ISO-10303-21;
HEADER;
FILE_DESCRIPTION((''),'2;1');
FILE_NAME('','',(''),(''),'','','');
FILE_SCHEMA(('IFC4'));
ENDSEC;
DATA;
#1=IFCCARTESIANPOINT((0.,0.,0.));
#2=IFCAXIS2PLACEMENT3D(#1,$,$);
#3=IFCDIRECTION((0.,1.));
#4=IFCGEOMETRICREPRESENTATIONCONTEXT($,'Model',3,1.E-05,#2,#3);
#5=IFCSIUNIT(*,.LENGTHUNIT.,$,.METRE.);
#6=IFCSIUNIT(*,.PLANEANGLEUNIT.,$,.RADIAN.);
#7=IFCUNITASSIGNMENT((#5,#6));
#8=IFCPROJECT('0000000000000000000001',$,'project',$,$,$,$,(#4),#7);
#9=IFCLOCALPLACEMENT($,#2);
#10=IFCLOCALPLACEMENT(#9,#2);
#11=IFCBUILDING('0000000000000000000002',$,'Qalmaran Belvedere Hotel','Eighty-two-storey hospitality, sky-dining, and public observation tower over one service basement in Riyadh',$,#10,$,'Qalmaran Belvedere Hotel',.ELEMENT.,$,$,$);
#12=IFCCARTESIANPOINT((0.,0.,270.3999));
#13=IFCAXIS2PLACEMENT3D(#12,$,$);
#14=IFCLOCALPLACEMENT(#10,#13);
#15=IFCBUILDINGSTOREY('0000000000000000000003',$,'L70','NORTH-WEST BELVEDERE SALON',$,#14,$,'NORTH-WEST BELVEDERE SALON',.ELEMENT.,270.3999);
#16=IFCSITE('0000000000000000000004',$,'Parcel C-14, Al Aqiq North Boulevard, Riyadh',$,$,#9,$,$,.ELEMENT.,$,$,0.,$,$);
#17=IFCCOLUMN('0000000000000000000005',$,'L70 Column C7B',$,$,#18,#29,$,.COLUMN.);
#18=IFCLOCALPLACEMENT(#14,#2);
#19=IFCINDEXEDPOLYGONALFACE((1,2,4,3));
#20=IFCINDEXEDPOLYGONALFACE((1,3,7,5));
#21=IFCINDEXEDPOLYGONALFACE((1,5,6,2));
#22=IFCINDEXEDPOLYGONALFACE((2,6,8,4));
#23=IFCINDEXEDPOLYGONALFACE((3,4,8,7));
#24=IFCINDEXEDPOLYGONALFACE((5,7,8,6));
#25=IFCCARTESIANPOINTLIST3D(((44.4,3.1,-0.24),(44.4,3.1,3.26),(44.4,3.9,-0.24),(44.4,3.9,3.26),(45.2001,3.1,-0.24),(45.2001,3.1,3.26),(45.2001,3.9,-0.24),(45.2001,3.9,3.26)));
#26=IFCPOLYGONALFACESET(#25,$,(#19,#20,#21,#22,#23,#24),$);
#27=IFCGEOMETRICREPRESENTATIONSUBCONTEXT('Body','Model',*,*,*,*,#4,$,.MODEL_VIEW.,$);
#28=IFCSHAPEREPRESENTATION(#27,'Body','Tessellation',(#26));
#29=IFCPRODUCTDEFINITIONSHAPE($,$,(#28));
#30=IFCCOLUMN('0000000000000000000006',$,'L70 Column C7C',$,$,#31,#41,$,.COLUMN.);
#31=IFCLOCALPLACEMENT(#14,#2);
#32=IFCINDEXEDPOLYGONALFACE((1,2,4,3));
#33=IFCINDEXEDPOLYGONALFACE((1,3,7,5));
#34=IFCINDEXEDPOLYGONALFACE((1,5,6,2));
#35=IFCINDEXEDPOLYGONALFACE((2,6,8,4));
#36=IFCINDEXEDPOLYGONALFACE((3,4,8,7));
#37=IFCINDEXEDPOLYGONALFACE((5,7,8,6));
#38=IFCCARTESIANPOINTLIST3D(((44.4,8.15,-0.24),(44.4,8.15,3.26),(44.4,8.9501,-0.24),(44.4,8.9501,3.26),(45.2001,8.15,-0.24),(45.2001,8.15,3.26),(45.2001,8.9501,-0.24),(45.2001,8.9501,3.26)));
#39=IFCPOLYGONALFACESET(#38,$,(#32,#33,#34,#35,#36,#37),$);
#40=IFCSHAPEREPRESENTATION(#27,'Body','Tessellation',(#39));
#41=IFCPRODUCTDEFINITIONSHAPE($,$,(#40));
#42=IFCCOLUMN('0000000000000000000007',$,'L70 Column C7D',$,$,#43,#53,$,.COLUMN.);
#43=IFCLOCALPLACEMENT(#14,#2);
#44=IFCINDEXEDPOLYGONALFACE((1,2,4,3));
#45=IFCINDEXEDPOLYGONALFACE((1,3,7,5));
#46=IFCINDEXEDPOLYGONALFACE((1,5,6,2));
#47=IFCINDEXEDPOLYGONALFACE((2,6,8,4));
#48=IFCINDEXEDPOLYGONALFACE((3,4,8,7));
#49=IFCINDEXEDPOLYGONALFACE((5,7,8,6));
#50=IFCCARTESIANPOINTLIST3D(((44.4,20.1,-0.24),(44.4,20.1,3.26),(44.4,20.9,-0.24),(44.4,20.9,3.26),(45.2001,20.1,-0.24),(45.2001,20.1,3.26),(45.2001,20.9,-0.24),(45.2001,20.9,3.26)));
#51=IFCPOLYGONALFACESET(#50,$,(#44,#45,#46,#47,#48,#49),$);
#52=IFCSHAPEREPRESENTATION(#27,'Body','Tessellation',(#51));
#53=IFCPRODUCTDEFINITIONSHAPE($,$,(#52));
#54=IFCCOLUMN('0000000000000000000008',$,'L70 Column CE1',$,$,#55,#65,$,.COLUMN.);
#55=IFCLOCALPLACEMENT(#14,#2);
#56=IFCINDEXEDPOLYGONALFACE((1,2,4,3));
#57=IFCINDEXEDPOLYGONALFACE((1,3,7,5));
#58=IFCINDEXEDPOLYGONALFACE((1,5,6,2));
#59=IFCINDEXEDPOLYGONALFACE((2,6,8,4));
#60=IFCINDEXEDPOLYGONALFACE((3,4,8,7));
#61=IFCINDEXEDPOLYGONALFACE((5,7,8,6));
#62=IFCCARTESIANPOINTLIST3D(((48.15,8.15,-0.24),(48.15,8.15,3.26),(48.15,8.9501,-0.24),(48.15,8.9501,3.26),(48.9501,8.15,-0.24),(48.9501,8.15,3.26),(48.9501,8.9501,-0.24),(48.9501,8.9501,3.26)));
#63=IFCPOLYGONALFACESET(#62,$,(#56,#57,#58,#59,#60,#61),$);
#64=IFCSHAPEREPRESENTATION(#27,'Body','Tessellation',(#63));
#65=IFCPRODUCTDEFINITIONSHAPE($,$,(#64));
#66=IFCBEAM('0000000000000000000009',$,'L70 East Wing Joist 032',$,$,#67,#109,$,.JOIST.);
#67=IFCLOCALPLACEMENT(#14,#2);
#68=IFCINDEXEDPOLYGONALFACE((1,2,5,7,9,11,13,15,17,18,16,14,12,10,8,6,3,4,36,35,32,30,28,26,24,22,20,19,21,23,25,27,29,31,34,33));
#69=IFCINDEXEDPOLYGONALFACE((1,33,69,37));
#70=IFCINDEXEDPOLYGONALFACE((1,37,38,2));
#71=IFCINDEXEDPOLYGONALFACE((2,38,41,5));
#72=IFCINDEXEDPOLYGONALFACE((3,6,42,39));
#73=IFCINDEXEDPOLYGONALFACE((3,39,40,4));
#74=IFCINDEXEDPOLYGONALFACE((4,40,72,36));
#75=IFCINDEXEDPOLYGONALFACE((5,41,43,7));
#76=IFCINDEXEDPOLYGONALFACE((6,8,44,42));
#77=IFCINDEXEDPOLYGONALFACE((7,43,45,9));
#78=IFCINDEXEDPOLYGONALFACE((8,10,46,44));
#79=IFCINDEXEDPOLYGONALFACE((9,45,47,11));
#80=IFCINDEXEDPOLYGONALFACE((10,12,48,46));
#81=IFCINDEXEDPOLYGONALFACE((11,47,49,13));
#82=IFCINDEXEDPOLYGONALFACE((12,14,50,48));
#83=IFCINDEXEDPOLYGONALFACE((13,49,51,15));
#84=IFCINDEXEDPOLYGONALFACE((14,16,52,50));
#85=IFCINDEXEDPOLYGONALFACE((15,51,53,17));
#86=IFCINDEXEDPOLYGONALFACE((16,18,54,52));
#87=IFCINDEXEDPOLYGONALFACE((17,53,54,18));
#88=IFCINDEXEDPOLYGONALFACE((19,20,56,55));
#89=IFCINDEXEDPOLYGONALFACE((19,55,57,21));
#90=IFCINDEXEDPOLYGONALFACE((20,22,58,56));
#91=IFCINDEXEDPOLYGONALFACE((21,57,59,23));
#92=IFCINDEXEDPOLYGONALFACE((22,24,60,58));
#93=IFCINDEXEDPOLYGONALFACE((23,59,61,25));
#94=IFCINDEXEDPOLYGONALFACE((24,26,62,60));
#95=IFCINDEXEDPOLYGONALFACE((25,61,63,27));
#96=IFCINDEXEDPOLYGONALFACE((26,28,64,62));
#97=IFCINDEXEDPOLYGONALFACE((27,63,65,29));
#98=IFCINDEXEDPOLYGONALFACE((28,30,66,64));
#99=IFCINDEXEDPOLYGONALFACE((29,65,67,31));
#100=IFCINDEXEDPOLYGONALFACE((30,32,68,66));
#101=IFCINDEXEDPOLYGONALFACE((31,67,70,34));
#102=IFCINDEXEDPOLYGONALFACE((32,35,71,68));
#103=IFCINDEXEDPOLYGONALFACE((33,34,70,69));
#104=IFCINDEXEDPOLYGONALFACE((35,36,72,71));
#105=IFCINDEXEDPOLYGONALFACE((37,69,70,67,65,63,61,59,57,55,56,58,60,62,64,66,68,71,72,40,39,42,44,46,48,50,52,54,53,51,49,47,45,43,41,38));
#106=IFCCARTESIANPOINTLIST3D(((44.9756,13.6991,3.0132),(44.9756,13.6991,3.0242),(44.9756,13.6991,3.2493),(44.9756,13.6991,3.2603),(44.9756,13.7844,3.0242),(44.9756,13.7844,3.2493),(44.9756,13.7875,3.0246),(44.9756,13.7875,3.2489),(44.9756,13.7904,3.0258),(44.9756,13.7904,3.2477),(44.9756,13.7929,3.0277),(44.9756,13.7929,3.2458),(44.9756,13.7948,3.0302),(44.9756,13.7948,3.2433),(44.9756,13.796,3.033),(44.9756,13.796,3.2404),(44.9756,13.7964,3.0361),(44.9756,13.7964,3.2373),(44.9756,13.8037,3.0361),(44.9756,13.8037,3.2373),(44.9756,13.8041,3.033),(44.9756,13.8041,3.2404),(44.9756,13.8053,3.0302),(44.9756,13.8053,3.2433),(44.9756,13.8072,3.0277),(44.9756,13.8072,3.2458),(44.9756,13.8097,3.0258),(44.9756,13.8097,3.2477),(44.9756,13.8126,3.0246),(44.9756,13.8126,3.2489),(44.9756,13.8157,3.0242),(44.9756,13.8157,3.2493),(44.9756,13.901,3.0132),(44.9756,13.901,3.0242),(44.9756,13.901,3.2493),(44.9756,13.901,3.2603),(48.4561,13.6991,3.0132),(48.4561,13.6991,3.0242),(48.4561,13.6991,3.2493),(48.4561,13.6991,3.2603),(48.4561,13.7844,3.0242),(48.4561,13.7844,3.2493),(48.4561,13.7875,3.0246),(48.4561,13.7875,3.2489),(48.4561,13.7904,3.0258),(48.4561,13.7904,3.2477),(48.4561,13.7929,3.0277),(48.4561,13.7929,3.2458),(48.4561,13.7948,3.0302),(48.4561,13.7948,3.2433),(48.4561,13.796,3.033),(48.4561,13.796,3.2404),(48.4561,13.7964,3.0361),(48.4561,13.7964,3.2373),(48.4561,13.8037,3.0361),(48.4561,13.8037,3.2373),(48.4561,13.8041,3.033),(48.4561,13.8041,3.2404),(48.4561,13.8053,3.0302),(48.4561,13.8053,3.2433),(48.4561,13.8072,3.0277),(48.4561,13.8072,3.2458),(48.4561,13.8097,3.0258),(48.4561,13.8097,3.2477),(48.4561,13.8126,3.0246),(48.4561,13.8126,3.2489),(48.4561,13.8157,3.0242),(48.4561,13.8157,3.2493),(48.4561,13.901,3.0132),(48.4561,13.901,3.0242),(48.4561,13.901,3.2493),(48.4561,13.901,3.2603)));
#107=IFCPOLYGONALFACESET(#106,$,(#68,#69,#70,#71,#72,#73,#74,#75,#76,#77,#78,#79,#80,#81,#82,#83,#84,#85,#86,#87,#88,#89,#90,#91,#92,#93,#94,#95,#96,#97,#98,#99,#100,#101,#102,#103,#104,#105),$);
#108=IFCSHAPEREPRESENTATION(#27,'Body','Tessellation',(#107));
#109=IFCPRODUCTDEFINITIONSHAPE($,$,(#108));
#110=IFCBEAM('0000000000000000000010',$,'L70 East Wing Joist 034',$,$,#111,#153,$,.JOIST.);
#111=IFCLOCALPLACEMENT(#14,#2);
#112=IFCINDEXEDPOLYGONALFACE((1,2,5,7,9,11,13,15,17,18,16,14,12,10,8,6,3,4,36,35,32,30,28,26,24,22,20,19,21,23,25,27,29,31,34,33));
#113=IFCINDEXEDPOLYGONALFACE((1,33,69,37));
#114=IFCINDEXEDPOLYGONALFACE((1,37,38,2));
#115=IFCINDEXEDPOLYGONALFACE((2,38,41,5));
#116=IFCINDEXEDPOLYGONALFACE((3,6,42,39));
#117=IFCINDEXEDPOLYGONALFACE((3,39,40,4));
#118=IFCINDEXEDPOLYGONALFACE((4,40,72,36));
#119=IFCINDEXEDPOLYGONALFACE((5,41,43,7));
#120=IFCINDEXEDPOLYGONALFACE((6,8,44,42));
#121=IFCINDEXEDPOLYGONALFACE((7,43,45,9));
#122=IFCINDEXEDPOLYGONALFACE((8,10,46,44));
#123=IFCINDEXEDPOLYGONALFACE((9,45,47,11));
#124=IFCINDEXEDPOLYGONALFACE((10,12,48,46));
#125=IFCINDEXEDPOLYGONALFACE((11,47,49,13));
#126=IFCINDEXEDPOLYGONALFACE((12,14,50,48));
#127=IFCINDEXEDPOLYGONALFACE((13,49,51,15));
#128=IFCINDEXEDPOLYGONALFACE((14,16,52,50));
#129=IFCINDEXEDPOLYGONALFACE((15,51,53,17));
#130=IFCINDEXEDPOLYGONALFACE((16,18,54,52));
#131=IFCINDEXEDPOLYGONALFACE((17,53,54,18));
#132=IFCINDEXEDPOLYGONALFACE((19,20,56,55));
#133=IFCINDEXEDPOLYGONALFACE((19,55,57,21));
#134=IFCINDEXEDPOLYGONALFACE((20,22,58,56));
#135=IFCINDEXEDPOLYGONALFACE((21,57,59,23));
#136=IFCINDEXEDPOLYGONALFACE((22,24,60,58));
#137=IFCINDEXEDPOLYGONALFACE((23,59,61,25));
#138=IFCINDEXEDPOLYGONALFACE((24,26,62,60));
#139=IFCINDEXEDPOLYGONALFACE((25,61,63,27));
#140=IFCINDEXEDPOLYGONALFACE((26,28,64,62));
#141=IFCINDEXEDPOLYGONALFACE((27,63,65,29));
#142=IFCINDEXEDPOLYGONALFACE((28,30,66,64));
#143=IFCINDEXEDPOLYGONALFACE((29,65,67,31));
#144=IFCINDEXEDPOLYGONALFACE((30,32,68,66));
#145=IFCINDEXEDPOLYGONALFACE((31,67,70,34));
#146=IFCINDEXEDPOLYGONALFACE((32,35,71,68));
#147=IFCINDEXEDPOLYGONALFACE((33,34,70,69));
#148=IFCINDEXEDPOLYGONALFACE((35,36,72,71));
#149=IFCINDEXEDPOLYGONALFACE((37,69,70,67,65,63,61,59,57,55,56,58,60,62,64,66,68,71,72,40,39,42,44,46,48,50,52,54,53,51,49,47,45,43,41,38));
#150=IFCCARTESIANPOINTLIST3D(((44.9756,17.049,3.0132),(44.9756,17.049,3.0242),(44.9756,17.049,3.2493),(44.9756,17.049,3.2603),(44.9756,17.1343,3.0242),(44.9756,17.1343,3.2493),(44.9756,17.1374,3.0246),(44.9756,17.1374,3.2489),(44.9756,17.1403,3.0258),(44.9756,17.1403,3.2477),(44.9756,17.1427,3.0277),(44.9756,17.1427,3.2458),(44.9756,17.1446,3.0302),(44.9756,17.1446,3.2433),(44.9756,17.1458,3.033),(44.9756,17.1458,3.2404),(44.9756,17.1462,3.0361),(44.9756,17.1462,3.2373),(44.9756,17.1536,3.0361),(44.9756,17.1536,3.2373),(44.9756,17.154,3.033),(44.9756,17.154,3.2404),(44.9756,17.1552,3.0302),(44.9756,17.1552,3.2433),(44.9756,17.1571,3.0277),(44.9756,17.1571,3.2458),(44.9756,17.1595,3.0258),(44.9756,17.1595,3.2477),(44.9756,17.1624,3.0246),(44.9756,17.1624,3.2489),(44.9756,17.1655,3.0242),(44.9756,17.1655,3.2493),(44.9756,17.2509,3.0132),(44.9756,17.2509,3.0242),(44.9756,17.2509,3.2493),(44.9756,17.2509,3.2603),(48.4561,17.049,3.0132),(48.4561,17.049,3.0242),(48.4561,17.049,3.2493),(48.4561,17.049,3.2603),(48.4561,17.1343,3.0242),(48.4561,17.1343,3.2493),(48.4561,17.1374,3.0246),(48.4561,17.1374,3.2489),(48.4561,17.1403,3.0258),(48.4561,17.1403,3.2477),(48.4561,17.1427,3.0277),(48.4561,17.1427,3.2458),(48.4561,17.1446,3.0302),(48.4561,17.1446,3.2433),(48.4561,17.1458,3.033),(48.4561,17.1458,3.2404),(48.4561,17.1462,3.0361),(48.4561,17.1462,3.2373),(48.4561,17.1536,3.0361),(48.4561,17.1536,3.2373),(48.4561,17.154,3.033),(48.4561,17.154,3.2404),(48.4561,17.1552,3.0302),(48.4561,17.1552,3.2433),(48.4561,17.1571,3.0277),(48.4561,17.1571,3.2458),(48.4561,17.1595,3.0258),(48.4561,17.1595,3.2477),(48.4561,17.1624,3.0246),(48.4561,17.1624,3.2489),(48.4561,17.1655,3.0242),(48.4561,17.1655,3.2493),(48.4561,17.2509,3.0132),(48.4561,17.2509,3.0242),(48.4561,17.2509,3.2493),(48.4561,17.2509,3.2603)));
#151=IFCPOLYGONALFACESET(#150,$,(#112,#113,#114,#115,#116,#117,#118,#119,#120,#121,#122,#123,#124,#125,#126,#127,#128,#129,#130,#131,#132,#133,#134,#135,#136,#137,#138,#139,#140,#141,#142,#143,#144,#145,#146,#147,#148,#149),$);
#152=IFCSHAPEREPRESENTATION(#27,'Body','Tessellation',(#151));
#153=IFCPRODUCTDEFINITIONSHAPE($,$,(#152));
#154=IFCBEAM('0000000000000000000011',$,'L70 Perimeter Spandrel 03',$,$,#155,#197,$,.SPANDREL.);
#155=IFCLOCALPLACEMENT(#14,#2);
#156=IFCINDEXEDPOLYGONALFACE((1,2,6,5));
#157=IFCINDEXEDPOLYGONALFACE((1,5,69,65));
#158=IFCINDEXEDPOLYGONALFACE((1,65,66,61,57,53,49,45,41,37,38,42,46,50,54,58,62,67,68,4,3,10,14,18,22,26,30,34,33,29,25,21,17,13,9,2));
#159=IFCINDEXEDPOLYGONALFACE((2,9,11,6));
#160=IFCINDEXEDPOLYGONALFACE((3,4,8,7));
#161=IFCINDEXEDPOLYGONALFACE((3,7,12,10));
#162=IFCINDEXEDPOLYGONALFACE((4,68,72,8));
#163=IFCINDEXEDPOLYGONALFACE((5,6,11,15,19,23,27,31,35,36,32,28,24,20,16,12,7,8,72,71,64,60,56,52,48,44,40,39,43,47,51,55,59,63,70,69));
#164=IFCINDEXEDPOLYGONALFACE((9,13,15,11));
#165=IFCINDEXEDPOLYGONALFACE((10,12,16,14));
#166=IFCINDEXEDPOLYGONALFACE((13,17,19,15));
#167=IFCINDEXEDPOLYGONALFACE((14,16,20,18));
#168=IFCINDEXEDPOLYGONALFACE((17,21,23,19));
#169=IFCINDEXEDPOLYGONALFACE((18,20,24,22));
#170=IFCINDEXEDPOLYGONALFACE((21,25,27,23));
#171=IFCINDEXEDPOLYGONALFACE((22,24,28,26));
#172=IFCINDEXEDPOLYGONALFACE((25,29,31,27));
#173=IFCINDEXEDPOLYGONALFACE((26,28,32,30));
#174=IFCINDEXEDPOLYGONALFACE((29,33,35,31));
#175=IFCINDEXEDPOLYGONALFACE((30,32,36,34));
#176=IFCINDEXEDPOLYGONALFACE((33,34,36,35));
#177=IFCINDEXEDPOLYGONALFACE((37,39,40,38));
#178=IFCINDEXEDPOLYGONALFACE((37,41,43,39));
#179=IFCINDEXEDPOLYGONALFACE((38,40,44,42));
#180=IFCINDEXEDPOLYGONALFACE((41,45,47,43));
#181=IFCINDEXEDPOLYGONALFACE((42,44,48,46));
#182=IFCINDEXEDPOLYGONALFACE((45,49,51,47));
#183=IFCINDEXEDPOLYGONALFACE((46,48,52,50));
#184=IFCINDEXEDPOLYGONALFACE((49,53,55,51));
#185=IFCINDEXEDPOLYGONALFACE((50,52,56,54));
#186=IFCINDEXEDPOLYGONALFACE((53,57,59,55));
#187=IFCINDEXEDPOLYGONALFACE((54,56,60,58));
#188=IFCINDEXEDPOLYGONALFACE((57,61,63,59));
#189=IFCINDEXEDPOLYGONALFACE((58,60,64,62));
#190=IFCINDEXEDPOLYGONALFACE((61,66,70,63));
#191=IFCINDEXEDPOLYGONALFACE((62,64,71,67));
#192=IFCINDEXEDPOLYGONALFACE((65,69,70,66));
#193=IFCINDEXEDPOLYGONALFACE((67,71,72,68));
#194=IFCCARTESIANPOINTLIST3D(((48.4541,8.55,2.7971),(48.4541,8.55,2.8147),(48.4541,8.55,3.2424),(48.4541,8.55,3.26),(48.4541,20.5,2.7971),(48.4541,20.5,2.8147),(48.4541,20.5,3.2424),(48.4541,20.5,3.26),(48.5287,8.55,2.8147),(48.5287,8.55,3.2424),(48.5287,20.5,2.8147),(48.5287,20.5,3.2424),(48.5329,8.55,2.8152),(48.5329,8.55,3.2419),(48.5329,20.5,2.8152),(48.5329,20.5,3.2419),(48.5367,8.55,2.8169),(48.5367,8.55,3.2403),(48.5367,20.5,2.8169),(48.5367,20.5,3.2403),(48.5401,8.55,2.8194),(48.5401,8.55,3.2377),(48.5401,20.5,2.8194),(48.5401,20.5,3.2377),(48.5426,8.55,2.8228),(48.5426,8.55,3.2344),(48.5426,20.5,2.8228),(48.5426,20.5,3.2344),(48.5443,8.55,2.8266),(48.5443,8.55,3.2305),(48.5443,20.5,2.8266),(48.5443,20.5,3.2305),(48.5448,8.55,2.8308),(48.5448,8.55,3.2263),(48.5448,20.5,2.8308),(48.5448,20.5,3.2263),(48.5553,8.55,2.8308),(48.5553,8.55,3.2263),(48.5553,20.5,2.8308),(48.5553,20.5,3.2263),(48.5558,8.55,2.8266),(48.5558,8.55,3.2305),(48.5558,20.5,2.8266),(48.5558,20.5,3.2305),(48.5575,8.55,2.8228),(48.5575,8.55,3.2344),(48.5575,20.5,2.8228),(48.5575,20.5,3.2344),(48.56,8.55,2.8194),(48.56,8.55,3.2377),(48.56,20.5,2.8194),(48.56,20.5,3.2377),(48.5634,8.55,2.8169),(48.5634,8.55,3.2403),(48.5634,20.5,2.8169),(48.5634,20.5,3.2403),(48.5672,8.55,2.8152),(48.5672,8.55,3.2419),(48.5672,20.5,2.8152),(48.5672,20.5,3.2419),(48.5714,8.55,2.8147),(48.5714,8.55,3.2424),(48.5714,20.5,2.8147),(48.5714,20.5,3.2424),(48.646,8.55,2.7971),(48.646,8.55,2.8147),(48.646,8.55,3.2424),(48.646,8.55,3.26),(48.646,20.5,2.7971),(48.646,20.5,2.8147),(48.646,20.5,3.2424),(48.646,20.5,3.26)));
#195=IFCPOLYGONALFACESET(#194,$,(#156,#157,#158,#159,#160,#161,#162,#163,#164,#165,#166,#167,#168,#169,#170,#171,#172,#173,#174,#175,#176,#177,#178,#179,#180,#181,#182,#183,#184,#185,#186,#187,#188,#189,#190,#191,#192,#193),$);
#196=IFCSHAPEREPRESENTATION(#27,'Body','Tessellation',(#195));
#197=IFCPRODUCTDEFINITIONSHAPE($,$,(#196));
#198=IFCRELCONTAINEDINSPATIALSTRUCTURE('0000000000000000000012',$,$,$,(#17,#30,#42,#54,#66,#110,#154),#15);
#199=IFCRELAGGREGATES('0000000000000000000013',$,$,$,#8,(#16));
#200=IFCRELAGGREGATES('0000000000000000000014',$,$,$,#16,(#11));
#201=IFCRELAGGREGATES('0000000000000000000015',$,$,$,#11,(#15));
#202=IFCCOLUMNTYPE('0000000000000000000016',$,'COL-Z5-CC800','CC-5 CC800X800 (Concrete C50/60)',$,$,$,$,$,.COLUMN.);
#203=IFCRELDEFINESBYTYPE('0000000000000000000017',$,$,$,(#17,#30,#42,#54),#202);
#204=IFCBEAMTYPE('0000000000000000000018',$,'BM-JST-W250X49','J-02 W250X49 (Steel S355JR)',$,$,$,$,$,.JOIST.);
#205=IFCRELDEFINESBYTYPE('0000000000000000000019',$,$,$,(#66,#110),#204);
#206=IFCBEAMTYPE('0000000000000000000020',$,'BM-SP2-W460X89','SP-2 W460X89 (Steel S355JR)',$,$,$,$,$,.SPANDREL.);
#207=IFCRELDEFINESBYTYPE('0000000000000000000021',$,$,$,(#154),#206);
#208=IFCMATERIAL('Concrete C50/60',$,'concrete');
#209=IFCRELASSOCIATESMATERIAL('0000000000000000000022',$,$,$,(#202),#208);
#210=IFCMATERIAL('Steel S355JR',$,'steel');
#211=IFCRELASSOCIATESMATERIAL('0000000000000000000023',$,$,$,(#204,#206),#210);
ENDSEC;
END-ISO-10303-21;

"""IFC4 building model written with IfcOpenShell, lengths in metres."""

from ifc_helpers import new_model, si_unit, direction, frame, origin, origin_2d, place, context, subcontext, project, spatial, rectangle, i_section, extrude, material, material_profile, profile_set, type_object, element, save


model = new_model("IFC4")

# Units and contexts
model_context = context("Model", 3, precision=1e-05, world=origin(), true_north=direction((0.0, 1.0)))
body_context = subcontext(model_context, "Body", "Model", "MODEL_VIEW")
ifc_project = project(units=[si_unit("LENGTHUNIT", "METRE"), si_unit("PLANEANGLEUNIT", "RADIAN")], contexts=[model_context])

# Site, building, storey
site_placement = place(None, origin())
site = spatial("IfcSite", under=ifc_project, at=site_placement, Name="Parcel C-14, Al Aqiq North Boulevard, Riyadh", CompositionType="ELEMENT", RefElevation=0.0)
building_placement = place(site_placement, origin())
building = spatial("IfcBuilding", under=site, at=building_placement, Name="Qalmaran Belvedere Hotel", Description="Eighty-two-storey hospitality, sky-dining, and public observation tower over one service basement in Riyadh", LongName="Qalmaran Belvedere Hotel", CompositionType="ELEMENT")
storey_placement = place(building_placement, frame((0.0, 0.0, 270.3999)))
storey = spatial("IfcBuildingStorey", under=building, at=storey_placement, Name="L70", Description="NORTH-WEST BELVEDERE SALON", LongName="NORTH-WEST BELVEDERE SALON", CompositionType="ELEMENT", Elevation=270.3999)

# Columns
ifc_material_1 = material(Name="Concrete C50/60", Category="concrete")
ifc_material_profile_1 = material_profile(ifc_material_1, rectangle(XDim=0.8, YDim=0.8, at=origin_2d()), Name="CC800X800")
ifc_profile_set_1 = profile_set([ifc_material_profile_1], Name="Concrete C50/60")
column_type = type_object("IfcColumnType", Name="COL-Z5-CC800", Description="CC-5 CC800X800 (Concrete C50/60)", PredefinedType="COLUMN", material=ifc_profile_set_1)
for number, where, z_axis, x_axis, name in (
    (1, (44.8, 3.5, -0.24), (0.0, 0.0, 1.0), (1.0, 0.0, 0.0), "L70 Column C7B"),
    (2, (44.8, 8.55, -0.24), (0.0, 0.0, 1.0), (1.0, 0.0, 0.0), "L70 Column C7C"),
    (3, (44.8, 20.5, -0.24), (0.0, 0.0, 1.0), (1.0, 0.0, 0.0), "L70 Column C7D"),
    (4, (48.55, 8.55, -0.24), (0.0, 0.0, 1.0), (1.0, 0.0, 0.0), "L70 Column CE1"),
):
    element("IfcColumn", number, at=place(storey_placement, frame(where, z_axis=z_axis, x_axis=x_axis)), inside=storey, type_object=column_type, Name=name, PredefinedType="COLUMN", context=body_context, shape_type="SweptSolid", body=[
        extrude(rectangle(XDim=0.8, YDim=0.8, at=origin_2d()), origin(), (0.0, 0.0, 1.0), 3.5),
    ])

# Beams
ifc_material_2 = material(Name="Steel S355JR", Category="steel")
ifc_material_profile_2 = material_profile(ifc_material_2, i_section(OverallWidth=0.2019, OverallDepth=0.2471, WebThickness=0.0073, FlangeThickness=0.011, FilletRadius=0.012, at=origin_2d()), Name="W250X49")
ifc_profile_set_2 = profile_set([ifc_material_profile_2], Name="Steel S355JR")
beam_type_1 = type_object("IfcBeamType", Name="BM-JST-W250X49", Description="J-02 W250X49 (Steel S355JR)", PredefinedType="JOIST", material=ifc_profile_set_2)
for number, where, z_axis, x_axis, name in (
    (5, (44.9756, 13.8, 3.1367), (1.0, 0.0, 0.0), (0.0, 1.0, 0.0), "L70 East Wing Joist 032"),
    (6, (44.9756, 17.1499, 3.1367), (1.0, 0.0, 0.0), (0.0, 1.0, 0.0), "L70 East Wing Joist 034"),
):
    element("IfcBeam", number, at=place(storey_placement, frame(where, z_axis=z_axis, x_axis=x_axis)), inside=storey, type_object=beam_type_1, Name=name, PredefinedType="JOIST", context=body_context, shape_type="SweptSolid", body=[
        extrude(i_section(OverallWidth=0.2019, OverallDepth=0.2471, WebThickness=0.0073, FlangeThickness=0.011, FilletRadius=0.012, at=origin_2d()), origin(), (0.0, 0.0, 1.0), 3.4805),
    ])
ifc_material_profile_3 = material_profile(ifc_material_2, i_section(OverallWidth=0.1919, OverallDepth=0.4629, WebThickness=0.0105, FlangeThickness=0.0176, FilletRadius=0.0161, at=origin_2d()), Name="W460X89")
ifc_profile_set_3 = profile_set([ifc_material_profile_3], Name="Steel S355JR")
beam_type_2 = type_object("IfcBeamType", Name="BM-SP2-W460X89", Description="SP-2 W460X89 (Steel S355JR)", PredefinedType="SPANDREL", material=ifc_profile_set_3)
beam_1_placement = place(storey_placement, frame((48.55, 8.55, 3.0286), z_axis=(0.0, 1.0, 0.0), x_axis=(-1.0, 0.0, 0.0)))
element("IfcBeam", 7, at=beam_1_placement, inside=storey, type_object=beam_type_2, Name="L70 Perimeter Spandrel 03", PredefinedType="SPANDREL", context=body_context, shape_type="SweptSolid", body=[
    extrude(i_section(OverallWidth=0.1919, OverallDepth=0.4629, WebThickness=0.0105, FlangeThickness=0.0176, FilletRadius=0.0161, at=origin_2d()), origin(), (0.0, 0.0, 1.0), 11.95),
])

save(model, "model.ifc")
